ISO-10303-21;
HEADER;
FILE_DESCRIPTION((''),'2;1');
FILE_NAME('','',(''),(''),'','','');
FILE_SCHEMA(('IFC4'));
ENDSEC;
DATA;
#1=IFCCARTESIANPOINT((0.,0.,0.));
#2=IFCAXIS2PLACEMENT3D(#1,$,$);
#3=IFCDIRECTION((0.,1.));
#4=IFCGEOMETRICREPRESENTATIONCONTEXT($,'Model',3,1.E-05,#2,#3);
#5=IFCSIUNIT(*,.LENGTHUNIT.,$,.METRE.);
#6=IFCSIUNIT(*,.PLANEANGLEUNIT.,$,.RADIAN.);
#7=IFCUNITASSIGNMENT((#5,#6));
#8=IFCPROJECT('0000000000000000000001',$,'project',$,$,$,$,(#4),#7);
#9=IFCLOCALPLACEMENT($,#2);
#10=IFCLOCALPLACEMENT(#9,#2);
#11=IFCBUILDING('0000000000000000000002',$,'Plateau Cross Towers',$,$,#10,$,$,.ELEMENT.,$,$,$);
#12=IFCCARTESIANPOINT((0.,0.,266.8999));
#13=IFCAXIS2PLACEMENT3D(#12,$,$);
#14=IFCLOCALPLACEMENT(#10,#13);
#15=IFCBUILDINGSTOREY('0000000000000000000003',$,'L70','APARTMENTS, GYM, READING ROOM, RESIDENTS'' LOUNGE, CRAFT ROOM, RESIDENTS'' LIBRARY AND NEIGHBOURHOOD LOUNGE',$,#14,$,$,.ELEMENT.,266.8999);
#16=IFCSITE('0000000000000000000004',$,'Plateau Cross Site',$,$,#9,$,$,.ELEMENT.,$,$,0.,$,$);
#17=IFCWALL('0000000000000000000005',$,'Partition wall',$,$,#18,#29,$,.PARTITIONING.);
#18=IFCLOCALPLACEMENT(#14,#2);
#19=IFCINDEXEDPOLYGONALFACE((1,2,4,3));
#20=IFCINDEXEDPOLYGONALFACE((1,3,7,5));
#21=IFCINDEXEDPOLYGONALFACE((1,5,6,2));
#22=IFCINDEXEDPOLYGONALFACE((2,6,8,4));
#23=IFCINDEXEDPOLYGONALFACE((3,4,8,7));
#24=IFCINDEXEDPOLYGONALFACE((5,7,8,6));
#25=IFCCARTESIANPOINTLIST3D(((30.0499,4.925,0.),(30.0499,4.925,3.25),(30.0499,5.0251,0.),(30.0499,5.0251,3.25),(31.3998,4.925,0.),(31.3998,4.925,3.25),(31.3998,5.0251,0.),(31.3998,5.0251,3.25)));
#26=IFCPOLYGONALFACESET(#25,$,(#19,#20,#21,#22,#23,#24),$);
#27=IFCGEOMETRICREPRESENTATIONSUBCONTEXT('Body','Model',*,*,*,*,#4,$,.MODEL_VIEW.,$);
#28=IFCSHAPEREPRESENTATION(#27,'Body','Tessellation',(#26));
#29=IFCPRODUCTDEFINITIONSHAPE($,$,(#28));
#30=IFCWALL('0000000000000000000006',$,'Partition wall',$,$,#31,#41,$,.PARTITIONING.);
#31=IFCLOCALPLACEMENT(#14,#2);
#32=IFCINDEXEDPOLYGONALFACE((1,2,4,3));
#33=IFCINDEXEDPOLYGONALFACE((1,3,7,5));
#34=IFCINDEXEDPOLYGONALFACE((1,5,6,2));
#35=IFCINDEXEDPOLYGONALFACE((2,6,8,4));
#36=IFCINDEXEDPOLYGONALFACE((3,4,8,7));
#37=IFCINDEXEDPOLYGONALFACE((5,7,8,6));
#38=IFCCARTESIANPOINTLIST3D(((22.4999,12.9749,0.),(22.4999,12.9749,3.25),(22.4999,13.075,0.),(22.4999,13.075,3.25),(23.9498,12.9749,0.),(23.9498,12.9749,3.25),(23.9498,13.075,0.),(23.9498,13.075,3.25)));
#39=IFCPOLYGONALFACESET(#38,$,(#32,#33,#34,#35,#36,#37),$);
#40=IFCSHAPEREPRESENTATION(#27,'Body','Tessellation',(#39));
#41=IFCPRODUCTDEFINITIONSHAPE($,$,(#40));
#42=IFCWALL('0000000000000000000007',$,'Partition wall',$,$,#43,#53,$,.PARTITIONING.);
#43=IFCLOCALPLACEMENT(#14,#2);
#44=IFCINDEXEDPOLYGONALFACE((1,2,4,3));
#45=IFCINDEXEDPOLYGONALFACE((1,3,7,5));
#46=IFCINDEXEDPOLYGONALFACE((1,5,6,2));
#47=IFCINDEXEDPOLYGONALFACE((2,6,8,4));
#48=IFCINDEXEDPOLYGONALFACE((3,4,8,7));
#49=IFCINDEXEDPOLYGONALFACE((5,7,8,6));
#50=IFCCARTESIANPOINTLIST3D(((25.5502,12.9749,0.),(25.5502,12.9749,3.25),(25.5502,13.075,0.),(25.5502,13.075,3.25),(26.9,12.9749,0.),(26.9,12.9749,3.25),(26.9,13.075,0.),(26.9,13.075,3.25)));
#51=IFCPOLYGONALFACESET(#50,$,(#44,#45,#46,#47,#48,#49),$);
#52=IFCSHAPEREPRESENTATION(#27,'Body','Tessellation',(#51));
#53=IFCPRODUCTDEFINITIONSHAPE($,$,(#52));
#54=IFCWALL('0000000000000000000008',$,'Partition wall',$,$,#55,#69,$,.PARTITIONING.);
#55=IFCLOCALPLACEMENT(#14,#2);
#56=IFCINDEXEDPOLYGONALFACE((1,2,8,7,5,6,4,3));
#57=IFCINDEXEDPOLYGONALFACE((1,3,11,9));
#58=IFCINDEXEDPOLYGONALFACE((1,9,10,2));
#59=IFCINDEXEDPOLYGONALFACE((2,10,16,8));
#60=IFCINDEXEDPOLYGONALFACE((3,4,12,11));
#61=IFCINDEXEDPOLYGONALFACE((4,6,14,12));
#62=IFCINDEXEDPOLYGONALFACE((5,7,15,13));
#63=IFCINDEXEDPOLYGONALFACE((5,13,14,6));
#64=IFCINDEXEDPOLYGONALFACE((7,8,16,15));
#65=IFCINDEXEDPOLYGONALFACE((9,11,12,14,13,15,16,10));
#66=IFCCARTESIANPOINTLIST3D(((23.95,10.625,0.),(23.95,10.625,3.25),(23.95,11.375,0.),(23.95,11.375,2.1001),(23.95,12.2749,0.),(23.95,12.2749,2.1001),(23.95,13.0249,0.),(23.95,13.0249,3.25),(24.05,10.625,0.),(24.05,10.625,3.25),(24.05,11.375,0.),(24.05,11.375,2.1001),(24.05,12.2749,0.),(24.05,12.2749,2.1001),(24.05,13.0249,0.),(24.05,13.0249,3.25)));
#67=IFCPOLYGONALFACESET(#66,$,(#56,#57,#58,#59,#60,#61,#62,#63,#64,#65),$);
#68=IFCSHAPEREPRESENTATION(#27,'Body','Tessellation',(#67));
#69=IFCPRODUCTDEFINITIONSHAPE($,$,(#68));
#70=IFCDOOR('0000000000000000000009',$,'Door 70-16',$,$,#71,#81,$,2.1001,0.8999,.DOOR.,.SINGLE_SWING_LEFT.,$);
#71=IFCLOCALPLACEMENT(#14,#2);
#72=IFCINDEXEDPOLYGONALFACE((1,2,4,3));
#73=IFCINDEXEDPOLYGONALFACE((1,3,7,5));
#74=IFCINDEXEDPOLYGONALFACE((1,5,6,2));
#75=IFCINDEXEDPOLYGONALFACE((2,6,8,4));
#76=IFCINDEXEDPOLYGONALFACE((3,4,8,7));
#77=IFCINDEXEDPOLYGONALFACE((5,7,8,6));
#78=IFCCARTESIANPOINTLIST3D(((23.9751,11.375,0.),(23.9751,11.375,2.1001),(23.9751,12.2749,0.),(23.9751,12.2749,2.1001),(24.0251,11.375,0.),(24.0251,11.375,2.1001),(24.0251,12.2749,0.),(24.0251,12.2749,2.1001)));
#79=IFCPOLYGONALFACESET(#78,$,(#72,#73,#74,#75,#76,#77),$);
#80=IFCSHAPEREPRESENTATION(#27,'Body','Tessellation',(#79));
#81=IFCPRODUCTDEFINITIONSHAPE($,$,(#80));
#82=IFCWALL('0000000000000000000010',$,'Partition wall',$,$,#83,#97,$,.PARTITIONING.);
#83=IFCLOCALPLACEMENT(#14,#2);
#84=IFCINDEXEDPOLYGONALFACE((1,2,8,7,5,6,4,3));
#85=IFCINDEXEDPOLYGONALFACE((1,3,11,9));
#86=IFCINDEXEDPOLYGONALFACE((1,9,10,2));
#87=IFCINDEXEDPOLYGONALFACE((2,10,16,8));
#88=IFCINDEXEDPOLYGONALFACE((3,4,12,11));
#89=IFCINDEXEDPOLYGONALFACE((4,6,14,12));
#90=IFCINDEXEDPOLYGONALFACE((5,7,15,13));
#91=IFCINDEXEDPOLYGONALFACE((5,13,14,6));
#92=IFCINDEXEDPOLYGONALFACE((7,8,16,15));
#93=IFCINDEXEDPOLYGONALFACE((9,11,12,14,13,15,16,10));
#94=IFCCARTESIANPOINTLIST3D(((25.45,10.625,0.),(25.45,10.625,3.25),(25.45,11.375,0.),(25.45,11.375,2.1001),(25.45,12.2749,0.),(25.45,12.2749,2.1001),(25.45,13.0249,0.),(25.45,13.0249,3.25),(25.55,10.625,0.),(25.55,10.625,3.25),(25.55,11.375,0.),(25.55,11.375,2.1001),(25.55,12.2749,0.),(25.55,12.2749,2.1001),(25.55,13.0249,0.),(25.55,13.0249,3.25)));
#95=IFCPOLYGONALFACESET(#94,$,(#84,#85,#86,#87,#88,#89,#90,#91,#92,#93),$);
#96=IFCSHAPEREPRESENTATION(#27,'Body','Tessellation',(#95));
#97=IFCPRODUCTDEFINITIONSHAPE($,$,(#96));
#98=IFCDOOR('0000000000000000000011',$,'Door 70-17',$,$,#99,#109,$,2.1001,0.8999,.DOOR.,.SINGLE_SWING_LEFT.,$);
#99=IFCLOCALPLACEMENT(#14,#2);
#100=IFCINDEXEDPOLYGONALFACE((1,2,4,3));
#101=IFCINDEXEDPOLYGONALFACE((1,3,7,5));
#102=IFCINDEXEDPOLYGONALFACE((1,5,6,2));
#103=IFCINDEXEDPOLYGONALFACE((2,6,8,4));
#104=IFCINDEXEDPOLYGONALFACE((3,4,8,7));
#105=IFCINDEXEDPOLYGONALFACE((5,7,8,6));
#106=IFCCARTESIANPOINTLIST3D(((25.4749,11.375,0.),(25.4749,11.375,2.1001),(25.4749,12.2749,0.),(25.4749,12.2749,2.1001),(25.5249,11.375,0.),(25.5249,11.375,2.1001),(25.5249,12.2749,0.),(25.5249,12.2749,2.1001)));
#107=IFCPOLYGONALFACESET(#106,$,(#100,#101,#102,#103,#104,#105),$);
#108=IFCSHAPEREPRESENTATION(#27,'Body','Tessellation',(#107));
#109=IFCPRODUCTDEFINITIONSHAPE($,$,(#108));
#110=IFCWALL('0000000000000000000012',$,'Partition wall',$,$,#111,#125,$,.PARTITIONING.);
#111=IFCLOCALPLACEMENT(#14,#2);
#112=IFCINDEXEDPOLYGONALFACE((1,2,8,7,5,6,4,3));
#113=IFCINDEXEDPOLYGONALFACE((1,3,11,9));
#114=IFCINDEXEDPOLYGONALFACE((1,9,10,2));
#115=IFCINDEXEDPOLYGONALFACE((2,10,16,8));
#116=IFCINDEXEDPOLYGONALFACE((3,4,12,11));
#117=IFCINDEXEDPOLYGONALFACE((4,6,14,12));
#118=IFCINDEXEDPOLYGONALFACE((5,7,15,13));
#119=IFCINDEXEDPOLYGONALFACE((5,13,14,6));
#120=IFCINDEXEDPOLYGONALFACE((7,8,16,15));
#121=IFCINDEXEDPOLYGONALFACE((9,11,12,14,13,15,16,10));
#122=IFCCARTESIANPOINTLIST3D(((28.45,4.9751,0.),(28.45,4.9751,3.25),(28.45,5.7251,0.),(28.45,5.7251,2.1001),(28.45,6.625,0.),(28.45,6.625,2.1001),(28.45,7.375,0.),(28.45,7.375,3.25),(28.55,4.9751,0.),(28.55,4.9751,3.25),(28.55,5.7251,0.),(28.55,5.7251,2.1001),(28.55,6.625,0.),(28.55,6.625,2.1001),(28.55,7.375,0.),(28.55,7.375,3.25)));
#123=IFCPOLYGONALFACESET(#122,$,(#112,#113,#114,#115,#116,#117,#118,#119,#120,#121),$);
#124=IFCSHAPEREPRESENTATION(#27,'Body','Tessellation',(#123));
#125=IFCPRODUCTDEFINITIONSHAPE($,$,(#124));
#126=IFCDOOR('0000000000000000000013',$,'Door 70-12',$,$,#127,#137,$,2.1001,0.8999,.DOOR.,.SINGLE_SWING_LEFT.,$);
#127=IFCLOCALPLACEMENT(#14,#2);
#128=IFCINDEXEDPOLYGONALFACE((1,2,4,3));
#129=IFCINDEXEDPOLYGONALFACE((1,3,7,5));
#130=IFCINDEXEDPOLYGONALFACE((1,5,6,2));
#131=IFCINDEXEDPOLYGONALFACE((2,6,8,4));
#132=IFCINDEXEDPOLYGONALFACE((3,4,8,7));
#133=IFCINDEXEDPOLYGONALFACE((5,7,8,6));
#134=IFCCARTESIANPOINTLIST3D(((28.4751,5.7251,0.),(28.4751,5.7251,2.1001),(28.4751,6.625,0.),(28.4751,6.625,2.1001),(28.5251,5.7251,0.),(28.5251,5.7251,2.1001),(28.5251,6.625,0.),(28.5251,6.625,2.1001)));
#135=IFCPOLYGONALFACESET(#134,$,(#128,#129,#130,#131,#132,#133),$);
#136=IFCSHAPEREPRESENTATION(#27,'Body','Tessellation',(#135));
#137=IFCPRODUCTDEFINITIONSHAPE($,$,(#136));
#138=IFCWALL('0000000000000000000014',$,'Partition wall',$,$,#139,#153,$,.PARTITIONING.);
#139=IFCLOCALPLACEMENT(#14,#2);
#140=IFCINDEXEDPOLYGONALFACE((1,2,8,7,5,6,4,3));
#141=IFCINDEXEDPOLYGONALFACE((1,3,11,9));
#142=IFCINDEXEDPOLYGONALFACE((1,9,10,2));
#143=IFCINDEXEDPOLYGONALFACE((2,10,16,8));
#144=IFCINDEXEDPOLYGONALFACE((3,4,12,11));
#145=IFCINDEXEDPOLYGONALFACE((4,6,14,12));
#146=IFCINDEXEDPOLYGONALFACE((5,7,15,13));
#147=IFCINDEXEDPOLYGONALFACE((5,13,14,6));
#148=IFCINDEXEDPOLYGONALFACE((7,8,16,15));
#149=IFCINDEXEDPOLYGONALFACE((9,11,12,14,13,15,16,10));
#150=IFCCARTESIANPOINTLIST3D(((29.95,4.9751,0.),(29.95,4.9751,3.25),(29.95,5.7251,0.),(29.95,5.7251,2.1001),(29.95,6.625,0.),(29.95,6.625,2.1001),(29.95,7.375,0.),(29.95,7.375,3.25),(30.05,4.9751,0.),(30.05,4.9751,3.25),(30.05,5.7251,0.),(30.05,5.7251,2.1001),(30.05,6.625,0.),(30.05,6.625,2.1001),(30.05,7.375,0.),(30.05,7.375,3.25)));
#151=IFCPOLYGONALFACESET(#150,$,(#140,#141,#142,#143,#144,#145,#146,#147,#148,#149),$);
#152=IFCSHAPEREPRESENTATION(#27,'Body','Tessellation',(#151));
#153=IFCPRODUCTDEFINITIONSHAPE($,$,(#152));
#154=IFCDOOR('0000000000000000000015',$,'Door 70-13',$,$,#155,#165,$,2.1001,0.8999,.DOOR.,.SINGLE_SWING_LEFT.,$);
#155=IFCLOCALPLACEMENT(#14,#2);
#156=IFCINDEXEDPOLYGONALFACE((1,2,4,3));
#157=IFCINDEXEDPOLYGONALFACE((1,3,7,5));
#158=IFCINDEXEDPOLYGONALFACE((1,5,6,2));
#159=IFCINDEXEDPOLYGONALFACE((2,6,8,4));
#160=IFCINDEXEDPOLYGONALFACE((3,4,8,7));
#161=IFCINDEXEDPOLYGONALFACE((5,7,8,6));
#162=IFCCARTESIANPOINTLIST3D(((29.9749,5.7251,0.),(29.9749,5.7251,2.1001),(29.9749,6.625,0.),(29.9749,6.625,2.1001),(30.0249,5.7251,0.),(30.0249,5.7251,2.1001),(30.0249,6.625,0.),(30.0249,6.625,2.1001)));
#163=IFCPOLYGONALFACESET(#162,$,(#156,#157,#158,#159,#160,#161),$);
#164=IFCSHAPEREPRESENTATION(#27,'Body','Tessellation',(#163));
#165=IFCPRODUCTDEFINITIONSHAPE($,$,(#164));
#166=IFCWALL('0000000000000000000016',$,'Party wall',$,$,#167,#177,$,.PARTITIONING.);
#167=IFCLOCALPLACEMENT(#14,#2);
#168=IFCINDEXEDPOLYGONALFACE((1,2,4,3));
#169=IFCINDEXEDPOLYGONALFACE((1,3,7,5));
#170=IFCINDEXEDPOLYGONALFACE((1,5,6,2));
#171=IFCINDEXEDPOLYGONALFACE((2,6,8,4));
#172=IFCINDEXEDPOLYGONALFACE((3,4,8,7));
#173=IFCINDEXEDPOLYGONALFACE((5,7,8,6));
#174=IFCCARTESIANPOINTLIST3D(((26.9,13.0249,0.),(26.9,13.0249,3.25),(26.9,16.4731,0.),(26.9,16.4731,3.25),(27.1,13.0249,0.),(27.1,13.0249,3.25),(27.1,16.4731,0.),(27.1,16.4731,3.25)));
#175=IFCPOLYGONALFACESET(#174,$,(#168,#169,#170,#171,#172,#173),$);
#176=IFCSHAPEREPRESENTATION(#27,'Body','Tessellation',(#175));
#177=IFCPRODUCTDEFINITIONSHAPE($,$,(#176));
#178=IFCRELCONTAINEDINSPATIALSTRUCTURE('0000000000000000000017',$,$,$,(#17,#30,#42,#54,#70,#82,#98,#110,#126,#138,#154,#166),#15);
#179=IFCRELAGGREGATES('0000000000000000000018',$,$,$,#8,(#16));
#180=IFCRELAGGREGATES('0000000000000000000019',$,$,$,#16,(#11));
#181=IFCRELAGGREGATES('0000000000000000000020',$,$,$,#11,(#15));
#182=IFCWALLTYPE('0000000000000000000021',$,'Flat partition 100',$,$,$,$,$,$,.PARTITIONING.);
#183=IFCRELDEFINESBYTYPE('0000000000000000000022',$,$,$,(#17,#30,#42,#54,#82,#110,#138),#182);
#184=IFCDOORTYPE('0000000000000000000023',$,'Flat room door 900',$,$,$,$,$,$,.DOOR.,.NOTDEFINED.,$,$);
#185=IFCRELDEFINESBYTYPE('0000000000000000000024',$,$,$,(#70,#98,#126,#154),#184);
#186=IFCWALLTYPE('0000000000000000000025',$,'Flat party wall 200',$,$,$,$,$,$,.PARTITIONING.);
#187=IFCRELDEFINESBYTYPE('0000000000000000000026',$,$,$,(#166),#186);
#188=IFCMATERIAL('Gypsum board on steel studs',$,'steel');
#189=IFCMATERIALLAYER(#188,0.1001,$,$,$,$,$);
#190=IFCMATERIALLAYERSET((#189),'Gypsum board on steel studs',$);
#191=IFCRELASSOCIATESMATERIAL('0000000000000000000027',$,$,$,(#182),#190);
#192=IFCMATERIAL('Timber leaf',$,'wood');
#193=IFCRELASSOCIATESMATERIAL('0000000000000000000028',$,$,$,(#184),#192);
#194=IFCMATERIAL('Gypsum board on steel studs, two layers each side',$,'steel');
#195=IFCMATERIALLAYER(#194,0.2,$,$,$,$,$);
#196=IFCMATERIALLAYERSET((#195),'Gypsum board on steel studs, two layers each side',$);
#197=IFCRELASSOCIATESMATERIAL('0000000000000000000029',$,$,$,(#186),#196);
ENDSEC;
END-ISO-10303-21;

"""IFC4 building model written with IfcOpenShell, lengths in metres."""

from ifc_helpers import new_model, si_unit, direction, frame, frame_2d, origin, place, context, subcontext, project, spatial, rectangle, extrude, material, layer, layer_set, type_object, element, fill, save


model = new_model("IFC4")

# Units and contexts
model_context = context("Model", 3, precision=1e-05, world=origin(), true_north=direction((0.0, 1.0)))
body_context = subcontext(model_context, "Body", "Model", "MODEL_VIEW")
ifc_project = project(units=[si_unit("LENGTHUNIT", "METRE"), si_unit("PLANEANGLEUNIT", "RADIAN")], contexts=[model_context])

# Site, building, storey
site_placement = place(None, origin())
site = spatial("IfcSite", under=ifc_project, at=site_placement, Name="Plateau Cross Site", CompositionType="ELEMENT", RefElevation=0.0)
building_placement = place(site_placement, origin())
building = spatial("IfcBuilding", under=site, at=building_placement, Name="Plateau Cross Towers", CompositionType="ELEMENT")
storey_placement = place(building_placement, frame((0.0, 0.0, 266.8999)))
storey = spatial("IfcBuildingStorey", under=building, at=storey_placement, Name="L70", Description="APARTMENTS, GYM, READING ROOM, RESIDENTS' LOUNGE, CRAFT ROOM, RESIDENTS' LIBRARY AND NEIGHBOURHOOD LOUNGE", CompositionType="ELEMENT", Elevation=266.8999)

# Walls
ifc_material_1 = material(Name="Gypsum board on steel studs", Category="steel")
ifc_layer_1 = layer(ifc_material_1, 0.1001)
ifc_layer_set_1 = layer_set([ifc_layer_1], Name="Gypsum board on steel studs")
wall_type_1 = type_object("IfcWallType", Name="Flat partition 100", PredefinedType="PARTITIONING", material=ifc_layer_set_1)
for number, where, z_axis, x_axis, name in (
    (1, (30.05, 4.9751, 0.0), (0.0, 0.0, 1.0), (1.0, 0.0, 0.0), "Partition wall"),
):
    element("IfcWall", number, at=place(storey_placement, frame(where, z_axis=z_axis, x_axis=x_axis)), inside=storey, type_object=wall_type_1, Name=name, PredefinedType="PARTITIONING", context=body_context, shape_type="SweptSolid", body=[
        extrude(rectangle(XDim=1.3499, YDim=0.1001, at=frame_2d((0.6748, 0.0))), origin(), (0.0, 0.0, 1.0), 3.25),
    ])
wall_1_placement = place(storey_placement, frame((23.95, 13.0249, 0.0), z_axis=(0.0, 0.0, 1.0), x_axis=(-1.0, 0.0, 0.0)))
element("IfcWall", 2, at=wall_1_placement, inside=storey, type_object=wall_type_1, Name="Partition wall", PredefinedType="PARTITIONING", context=body_context, shape_type="SweptSolid", body=[
    extrude(rectangle(XDim=1.45, YDim=0.1001, at=frame_2d((0.7251, 0.0))), origin(), (0.0, 0.0, 1.0), 3.25),
])
wall_2_placement = place(storey_placement, frame((26.8999, 13.0249, 0.0), z_axis=(0.0, 0.0, 1.0), x_axis=(-1.0, 0.0, 0.0)))
element("IfcWall", 3, at=wall_2_placement, inside=storey, type_object=wall_type_1, Name="Partition wall", PredefinedType="PARTITIONING", context=body_context, shape_type="SweptSolid", body=[
    extrude(rectangle(XDim=1.3499, YDim=0.1001, at=frame_2d((0.6748, 0.0))), origin(), (0.0, 0.0, 1.0), 3.25),
])

# Walls, openings, doors
wall_3_placement = place(storey_placement, frame((24.0, 10.625, 0.0), z_axis=(0.0, 0.0, 1.0), x_axis=(0.0, 1.0, 0.0)))
wall_3 = element("IfcWall", 4, at=wall_3_placement, inside=storey, type_object=wall_type_1, Name="Partition wall", PredefinedType="PARTITIONING", context=body_context, shape_type="SweptSolid", body=[
    extrude(rectangle(XDim=2.3999, YDim=0.1001, at=frame_2d((1.2, 0.0))), origin(), (0.0, 0.0, 1.0), 3.25),
])
opening_1_placement = place(wall_3_placement, frame((0.75, 0.0, 0.0)))
opening_1 = element("IfcOpeningElement", 5, at=opening_1_placement, cuts=wall_3, PredefinedType="OPENING", context=body_context, shape_type="SweptSolid", body=[
    extrude(rectangle(XDim=0.8999, YDim=2.1001, at=frame_2d((0.45, 1.05))), frame((0.0, 0.0601, 0.0), z_axis=(0.0, -1.0, 0.0), x_axis=(1.0, 0.0, 0.0)), (0.0, 0.0, 1.0), 0.1201),
])
ifc_material_2 = material(Name="Timber leaf", Category="wood")
door_type = type_object("IfcDoorType", Name="Flat room door 900", OperationType="NOTDEFINED", PredefinedType="DOOR", material=ifc_material_2)
door_1_placement = place(opening_1_placement, origin())
door_1 = element("IfcDoor", 6, at=door_1_placement, inside=storey, type_object=door_type, Name="Door 70-16", OperationType="SINGLE_SWING_LEFT", OverallHeight=2.1001, OverallWidth=0.8999, PredefinedType="DOOR", context=body_context, shape_type="SweptSolid", body=[
    extrude(rectangle(XDim=0.8999, YDim=2.1001, at=frame_2d((0.45, 1.05))), frame((0.0, 0.0249, 0.0), z_axis=(0.0, -1.0, 0.0), x_axis=(1.0, 0.0, 0.0)), (0.0, 0.0, 1.0), 0.05),
])
fill(opening_1, door_1)
wall_4_placement = place(storey_placement, frame((25.5, 13.0249, 0.0), z_axis=(0.0, 0.0, 1.0), x_axis=(0.0, -1.0, 0.0)))
wall_4 = element("IfcWall", 7, at=wall_4_placement, inside=storey, type_object=wall_type_1, Name="Partition wall", PredefinedType="PARTITIONING", context=body_context, shape_type="SweptSolid", body=[
    extrude(rectangle(XDim=2.3999, YDim=0.1001, at=frame_2d((1.2, 0.0))), origin(), (0.0, 0.0, 1.0), 3.25),
])
opening_2_placement = place(wall_4_placement, frame((0.75, 0.0, 0.0)))
opening_2 = element("IfcOpeningElement", 8, at=opening_2_placement, cuts=wall_4, PredefinedType="OPENING", context=body_context, shape_type="SweptSolid", body=[
    extrude(rectangle(XDim=0.8999, YDim=2.1001, at=frame_2d((0.45, 1.05))), frame((0.0, 0.0601, 0.0), z_axis=(0.0, -1.0, 0.0), x_axis=(1.0, 0.0, 0.0)), (0.0, 0.0, 1.0), 0.1201),
])
door_2_placement = place(opening_2_placement, origin())
door_2 = element("IfcDoor", 9, at=door_2_placement, inside=storey, type_object=door_type, Name="Door 70-17", OperationType="SINGLE_SWING_LEFT", OverallHeight=2.1001, OverallWidth=0.8999, PredefinedType="DOOR", context=body_context, shape_type="SweptSolid", body=[
    extrude(rectangle(XDim=0.8999, YDim=2.1001, at=frame_2d((0.45, 1.05))), frame((0.0, 0.0249, 0.0), z_axis=(0.0, -1.0, 0.0), x_axis=(1.0, 0.0, 0.0)), (0.0, 0.0, 1.0), 0.05),
])
fill(opening_2, door_2)
wall_5_placement = place(storey_placement, frame((28.5, 4.9751, 0.0), z_axis=(0.0, 0.0, 1.0), x_axis=(0.0, 1.0, 0.0)))
wall_5 = element("IfcWall", 10, at=wall_5_placement, inside=storey, type_object=wall_type_1, Name="Partition wall", PredefinedType="PARTITIONING", context=body_context, shape_type="SweptSolid", body=[
    extrude(rectangle(XDim=2.3999, YDim=0.1001, at=frame_2d((1.2, 0.0))), origin(), (0.0, 0.0, 1.0), 3.25),
])
opening_3_placement = place(wall_5_placement, frame((0.75, 0.0, 0.0)))
opening_3 = element("IfcOpeningElement", 11, at=opening_3_placement, cuts=wall_5, PredefinedType="OPENING", context=body_context, shape_type="SweptSolid", body=[
    extrude(rectangle(XDim=0.8999, YDim=2.1001, at=frame_2d((0.45, 1.05))), frame((0.0, 0.0601, 0.0), z_axis=(0.0, -1.0, 0.0), x_axis=(1.0, 0.0, 0.0)), (0.0, 0.0, 1.0), 0.1201),
])
door_3_placement = place(opening_3_placement, origin())
door_3 = element("IfcDoor", 12, at=door_3_placement, inside=storey, type_object=door_type, Name="Door 70-12", OperationType="SINGLE_SWING_LEFT", OverallHeight=2.1001, OverallWidth=0.8999, PredefinedType="DOOR", context=body_context, shape_type="SweptSolid", body=[
    extrude(rectangle(XDim=0.8999, YDim=2.1001, at=frame_2d((0.45, 1.05))), frame((0.0, 0.0249, 0.0), z_axis=(0.0, -1.0, 0.0), x_axis=(1.0, 0.0, 0.0)), (0.0, 0.0, 1.0), 0.05),
])
fill(opening_3, door_3)
wall_6_placement = place(storey_placement, frame((30.0, 7.375, 0.0), z_axis=(0.0, 0.0, 1.0), x_axis=(0.0, -1.0, 0.0)))
wall_6 = element("IfcWall", 13, at=wall_6_placement, inside=storey, type_object=wall_type_1, Name="Partition wall", PredefinedType="PARTITIONING", context=body_context, shape_type="SweptSolid", body=[
    extrude(rectangle(XDim=2.3999, YDim=0.1001, at=frame_2d((1.2, 0.0))), origin(), (0.0, 0.0, 1.0), 3.25),
])
opening_4_placement = place(wall_6_placement, frame((0.75, 0.0, 0.0)))
opening_4 = element("IfcOpeningElement", 14, at=opening_4_placement, cuts=wall_6, PredefinedType="OPENING", context=body_context, shape_type="SweptSolid", body=[
    extrude(rectangle(XDim=0.8999, YDim=2.1001, at=frame_2d((0.45, 1.05))), frame((0.0, 0.0601, 0.0), z_axis=(0.0, -1.0, 0.0), x_axis=(1.0, 0.0, 0.0)), (0.0, 0.0, 1.0), 0.1201),
])
door_4_placement = place(opening_4_placement, origin())
door_4 = element("IfcDoor", 15, at=door_4_placement, inside=storey, type_object=door_type, Name="Door 70-13", OperationType="SINGLE_SWING_LEFT", OverallHeight=2.1001, OverallWidth=0.8999, PredefinedType="DOOR", context=body_context, shape_type="SweptSolid", body=[
    extrude(rectangle(XDim=0.8999, YDim=2.1001, at=frame_2d((0.45, 1.05))), frame((0.0, 0.0249, 0.0), z_axis=(0.0, -1.0, 0.0), x_axis=(1.0, 0.0, 0.0)), (0.0, 0.0, 1.0), 0.05),
])
fill(opening_4, door_4)

# Wall
ifc_material_3 = material(Name="Gypsum board on steel studs, two layers each side", Category="steel")
ifc_layer_2 = layer(ifc_material_3, 0.2)
ifc_layer_set_2 = layer_set([ifc_layer_2], Name="Gypsum board on steel studs, two layers each side")
wall_type_2 = type_object("IfcWallType", Name="Flat party wall 200", PredefinedType="PARTITIONING", material=ifc_layer_set_2)
wall_7_placement = place(storey_placement, frame((27.0, 16.4731, 0.0), z_axis=(0.0, 0.0, 1.0), x_axis=(0.0, -1.0, 0.0)))
element("IfcWall", 16, at=wall_7_placement, inside=storey, type_object=wall_type_2, Name="Party wall", PredefinedType="PARTITIONING", context=body_context, shape_type="SweptSolid", body=[
    extrude(rectangle(XDim=3.4482, YDim=0.2, at=frame_2d((1.7241, 0.0))), origin(), (0.0, 0.0, 1.0), 3.25),
])

save(model, "model.ifc")
